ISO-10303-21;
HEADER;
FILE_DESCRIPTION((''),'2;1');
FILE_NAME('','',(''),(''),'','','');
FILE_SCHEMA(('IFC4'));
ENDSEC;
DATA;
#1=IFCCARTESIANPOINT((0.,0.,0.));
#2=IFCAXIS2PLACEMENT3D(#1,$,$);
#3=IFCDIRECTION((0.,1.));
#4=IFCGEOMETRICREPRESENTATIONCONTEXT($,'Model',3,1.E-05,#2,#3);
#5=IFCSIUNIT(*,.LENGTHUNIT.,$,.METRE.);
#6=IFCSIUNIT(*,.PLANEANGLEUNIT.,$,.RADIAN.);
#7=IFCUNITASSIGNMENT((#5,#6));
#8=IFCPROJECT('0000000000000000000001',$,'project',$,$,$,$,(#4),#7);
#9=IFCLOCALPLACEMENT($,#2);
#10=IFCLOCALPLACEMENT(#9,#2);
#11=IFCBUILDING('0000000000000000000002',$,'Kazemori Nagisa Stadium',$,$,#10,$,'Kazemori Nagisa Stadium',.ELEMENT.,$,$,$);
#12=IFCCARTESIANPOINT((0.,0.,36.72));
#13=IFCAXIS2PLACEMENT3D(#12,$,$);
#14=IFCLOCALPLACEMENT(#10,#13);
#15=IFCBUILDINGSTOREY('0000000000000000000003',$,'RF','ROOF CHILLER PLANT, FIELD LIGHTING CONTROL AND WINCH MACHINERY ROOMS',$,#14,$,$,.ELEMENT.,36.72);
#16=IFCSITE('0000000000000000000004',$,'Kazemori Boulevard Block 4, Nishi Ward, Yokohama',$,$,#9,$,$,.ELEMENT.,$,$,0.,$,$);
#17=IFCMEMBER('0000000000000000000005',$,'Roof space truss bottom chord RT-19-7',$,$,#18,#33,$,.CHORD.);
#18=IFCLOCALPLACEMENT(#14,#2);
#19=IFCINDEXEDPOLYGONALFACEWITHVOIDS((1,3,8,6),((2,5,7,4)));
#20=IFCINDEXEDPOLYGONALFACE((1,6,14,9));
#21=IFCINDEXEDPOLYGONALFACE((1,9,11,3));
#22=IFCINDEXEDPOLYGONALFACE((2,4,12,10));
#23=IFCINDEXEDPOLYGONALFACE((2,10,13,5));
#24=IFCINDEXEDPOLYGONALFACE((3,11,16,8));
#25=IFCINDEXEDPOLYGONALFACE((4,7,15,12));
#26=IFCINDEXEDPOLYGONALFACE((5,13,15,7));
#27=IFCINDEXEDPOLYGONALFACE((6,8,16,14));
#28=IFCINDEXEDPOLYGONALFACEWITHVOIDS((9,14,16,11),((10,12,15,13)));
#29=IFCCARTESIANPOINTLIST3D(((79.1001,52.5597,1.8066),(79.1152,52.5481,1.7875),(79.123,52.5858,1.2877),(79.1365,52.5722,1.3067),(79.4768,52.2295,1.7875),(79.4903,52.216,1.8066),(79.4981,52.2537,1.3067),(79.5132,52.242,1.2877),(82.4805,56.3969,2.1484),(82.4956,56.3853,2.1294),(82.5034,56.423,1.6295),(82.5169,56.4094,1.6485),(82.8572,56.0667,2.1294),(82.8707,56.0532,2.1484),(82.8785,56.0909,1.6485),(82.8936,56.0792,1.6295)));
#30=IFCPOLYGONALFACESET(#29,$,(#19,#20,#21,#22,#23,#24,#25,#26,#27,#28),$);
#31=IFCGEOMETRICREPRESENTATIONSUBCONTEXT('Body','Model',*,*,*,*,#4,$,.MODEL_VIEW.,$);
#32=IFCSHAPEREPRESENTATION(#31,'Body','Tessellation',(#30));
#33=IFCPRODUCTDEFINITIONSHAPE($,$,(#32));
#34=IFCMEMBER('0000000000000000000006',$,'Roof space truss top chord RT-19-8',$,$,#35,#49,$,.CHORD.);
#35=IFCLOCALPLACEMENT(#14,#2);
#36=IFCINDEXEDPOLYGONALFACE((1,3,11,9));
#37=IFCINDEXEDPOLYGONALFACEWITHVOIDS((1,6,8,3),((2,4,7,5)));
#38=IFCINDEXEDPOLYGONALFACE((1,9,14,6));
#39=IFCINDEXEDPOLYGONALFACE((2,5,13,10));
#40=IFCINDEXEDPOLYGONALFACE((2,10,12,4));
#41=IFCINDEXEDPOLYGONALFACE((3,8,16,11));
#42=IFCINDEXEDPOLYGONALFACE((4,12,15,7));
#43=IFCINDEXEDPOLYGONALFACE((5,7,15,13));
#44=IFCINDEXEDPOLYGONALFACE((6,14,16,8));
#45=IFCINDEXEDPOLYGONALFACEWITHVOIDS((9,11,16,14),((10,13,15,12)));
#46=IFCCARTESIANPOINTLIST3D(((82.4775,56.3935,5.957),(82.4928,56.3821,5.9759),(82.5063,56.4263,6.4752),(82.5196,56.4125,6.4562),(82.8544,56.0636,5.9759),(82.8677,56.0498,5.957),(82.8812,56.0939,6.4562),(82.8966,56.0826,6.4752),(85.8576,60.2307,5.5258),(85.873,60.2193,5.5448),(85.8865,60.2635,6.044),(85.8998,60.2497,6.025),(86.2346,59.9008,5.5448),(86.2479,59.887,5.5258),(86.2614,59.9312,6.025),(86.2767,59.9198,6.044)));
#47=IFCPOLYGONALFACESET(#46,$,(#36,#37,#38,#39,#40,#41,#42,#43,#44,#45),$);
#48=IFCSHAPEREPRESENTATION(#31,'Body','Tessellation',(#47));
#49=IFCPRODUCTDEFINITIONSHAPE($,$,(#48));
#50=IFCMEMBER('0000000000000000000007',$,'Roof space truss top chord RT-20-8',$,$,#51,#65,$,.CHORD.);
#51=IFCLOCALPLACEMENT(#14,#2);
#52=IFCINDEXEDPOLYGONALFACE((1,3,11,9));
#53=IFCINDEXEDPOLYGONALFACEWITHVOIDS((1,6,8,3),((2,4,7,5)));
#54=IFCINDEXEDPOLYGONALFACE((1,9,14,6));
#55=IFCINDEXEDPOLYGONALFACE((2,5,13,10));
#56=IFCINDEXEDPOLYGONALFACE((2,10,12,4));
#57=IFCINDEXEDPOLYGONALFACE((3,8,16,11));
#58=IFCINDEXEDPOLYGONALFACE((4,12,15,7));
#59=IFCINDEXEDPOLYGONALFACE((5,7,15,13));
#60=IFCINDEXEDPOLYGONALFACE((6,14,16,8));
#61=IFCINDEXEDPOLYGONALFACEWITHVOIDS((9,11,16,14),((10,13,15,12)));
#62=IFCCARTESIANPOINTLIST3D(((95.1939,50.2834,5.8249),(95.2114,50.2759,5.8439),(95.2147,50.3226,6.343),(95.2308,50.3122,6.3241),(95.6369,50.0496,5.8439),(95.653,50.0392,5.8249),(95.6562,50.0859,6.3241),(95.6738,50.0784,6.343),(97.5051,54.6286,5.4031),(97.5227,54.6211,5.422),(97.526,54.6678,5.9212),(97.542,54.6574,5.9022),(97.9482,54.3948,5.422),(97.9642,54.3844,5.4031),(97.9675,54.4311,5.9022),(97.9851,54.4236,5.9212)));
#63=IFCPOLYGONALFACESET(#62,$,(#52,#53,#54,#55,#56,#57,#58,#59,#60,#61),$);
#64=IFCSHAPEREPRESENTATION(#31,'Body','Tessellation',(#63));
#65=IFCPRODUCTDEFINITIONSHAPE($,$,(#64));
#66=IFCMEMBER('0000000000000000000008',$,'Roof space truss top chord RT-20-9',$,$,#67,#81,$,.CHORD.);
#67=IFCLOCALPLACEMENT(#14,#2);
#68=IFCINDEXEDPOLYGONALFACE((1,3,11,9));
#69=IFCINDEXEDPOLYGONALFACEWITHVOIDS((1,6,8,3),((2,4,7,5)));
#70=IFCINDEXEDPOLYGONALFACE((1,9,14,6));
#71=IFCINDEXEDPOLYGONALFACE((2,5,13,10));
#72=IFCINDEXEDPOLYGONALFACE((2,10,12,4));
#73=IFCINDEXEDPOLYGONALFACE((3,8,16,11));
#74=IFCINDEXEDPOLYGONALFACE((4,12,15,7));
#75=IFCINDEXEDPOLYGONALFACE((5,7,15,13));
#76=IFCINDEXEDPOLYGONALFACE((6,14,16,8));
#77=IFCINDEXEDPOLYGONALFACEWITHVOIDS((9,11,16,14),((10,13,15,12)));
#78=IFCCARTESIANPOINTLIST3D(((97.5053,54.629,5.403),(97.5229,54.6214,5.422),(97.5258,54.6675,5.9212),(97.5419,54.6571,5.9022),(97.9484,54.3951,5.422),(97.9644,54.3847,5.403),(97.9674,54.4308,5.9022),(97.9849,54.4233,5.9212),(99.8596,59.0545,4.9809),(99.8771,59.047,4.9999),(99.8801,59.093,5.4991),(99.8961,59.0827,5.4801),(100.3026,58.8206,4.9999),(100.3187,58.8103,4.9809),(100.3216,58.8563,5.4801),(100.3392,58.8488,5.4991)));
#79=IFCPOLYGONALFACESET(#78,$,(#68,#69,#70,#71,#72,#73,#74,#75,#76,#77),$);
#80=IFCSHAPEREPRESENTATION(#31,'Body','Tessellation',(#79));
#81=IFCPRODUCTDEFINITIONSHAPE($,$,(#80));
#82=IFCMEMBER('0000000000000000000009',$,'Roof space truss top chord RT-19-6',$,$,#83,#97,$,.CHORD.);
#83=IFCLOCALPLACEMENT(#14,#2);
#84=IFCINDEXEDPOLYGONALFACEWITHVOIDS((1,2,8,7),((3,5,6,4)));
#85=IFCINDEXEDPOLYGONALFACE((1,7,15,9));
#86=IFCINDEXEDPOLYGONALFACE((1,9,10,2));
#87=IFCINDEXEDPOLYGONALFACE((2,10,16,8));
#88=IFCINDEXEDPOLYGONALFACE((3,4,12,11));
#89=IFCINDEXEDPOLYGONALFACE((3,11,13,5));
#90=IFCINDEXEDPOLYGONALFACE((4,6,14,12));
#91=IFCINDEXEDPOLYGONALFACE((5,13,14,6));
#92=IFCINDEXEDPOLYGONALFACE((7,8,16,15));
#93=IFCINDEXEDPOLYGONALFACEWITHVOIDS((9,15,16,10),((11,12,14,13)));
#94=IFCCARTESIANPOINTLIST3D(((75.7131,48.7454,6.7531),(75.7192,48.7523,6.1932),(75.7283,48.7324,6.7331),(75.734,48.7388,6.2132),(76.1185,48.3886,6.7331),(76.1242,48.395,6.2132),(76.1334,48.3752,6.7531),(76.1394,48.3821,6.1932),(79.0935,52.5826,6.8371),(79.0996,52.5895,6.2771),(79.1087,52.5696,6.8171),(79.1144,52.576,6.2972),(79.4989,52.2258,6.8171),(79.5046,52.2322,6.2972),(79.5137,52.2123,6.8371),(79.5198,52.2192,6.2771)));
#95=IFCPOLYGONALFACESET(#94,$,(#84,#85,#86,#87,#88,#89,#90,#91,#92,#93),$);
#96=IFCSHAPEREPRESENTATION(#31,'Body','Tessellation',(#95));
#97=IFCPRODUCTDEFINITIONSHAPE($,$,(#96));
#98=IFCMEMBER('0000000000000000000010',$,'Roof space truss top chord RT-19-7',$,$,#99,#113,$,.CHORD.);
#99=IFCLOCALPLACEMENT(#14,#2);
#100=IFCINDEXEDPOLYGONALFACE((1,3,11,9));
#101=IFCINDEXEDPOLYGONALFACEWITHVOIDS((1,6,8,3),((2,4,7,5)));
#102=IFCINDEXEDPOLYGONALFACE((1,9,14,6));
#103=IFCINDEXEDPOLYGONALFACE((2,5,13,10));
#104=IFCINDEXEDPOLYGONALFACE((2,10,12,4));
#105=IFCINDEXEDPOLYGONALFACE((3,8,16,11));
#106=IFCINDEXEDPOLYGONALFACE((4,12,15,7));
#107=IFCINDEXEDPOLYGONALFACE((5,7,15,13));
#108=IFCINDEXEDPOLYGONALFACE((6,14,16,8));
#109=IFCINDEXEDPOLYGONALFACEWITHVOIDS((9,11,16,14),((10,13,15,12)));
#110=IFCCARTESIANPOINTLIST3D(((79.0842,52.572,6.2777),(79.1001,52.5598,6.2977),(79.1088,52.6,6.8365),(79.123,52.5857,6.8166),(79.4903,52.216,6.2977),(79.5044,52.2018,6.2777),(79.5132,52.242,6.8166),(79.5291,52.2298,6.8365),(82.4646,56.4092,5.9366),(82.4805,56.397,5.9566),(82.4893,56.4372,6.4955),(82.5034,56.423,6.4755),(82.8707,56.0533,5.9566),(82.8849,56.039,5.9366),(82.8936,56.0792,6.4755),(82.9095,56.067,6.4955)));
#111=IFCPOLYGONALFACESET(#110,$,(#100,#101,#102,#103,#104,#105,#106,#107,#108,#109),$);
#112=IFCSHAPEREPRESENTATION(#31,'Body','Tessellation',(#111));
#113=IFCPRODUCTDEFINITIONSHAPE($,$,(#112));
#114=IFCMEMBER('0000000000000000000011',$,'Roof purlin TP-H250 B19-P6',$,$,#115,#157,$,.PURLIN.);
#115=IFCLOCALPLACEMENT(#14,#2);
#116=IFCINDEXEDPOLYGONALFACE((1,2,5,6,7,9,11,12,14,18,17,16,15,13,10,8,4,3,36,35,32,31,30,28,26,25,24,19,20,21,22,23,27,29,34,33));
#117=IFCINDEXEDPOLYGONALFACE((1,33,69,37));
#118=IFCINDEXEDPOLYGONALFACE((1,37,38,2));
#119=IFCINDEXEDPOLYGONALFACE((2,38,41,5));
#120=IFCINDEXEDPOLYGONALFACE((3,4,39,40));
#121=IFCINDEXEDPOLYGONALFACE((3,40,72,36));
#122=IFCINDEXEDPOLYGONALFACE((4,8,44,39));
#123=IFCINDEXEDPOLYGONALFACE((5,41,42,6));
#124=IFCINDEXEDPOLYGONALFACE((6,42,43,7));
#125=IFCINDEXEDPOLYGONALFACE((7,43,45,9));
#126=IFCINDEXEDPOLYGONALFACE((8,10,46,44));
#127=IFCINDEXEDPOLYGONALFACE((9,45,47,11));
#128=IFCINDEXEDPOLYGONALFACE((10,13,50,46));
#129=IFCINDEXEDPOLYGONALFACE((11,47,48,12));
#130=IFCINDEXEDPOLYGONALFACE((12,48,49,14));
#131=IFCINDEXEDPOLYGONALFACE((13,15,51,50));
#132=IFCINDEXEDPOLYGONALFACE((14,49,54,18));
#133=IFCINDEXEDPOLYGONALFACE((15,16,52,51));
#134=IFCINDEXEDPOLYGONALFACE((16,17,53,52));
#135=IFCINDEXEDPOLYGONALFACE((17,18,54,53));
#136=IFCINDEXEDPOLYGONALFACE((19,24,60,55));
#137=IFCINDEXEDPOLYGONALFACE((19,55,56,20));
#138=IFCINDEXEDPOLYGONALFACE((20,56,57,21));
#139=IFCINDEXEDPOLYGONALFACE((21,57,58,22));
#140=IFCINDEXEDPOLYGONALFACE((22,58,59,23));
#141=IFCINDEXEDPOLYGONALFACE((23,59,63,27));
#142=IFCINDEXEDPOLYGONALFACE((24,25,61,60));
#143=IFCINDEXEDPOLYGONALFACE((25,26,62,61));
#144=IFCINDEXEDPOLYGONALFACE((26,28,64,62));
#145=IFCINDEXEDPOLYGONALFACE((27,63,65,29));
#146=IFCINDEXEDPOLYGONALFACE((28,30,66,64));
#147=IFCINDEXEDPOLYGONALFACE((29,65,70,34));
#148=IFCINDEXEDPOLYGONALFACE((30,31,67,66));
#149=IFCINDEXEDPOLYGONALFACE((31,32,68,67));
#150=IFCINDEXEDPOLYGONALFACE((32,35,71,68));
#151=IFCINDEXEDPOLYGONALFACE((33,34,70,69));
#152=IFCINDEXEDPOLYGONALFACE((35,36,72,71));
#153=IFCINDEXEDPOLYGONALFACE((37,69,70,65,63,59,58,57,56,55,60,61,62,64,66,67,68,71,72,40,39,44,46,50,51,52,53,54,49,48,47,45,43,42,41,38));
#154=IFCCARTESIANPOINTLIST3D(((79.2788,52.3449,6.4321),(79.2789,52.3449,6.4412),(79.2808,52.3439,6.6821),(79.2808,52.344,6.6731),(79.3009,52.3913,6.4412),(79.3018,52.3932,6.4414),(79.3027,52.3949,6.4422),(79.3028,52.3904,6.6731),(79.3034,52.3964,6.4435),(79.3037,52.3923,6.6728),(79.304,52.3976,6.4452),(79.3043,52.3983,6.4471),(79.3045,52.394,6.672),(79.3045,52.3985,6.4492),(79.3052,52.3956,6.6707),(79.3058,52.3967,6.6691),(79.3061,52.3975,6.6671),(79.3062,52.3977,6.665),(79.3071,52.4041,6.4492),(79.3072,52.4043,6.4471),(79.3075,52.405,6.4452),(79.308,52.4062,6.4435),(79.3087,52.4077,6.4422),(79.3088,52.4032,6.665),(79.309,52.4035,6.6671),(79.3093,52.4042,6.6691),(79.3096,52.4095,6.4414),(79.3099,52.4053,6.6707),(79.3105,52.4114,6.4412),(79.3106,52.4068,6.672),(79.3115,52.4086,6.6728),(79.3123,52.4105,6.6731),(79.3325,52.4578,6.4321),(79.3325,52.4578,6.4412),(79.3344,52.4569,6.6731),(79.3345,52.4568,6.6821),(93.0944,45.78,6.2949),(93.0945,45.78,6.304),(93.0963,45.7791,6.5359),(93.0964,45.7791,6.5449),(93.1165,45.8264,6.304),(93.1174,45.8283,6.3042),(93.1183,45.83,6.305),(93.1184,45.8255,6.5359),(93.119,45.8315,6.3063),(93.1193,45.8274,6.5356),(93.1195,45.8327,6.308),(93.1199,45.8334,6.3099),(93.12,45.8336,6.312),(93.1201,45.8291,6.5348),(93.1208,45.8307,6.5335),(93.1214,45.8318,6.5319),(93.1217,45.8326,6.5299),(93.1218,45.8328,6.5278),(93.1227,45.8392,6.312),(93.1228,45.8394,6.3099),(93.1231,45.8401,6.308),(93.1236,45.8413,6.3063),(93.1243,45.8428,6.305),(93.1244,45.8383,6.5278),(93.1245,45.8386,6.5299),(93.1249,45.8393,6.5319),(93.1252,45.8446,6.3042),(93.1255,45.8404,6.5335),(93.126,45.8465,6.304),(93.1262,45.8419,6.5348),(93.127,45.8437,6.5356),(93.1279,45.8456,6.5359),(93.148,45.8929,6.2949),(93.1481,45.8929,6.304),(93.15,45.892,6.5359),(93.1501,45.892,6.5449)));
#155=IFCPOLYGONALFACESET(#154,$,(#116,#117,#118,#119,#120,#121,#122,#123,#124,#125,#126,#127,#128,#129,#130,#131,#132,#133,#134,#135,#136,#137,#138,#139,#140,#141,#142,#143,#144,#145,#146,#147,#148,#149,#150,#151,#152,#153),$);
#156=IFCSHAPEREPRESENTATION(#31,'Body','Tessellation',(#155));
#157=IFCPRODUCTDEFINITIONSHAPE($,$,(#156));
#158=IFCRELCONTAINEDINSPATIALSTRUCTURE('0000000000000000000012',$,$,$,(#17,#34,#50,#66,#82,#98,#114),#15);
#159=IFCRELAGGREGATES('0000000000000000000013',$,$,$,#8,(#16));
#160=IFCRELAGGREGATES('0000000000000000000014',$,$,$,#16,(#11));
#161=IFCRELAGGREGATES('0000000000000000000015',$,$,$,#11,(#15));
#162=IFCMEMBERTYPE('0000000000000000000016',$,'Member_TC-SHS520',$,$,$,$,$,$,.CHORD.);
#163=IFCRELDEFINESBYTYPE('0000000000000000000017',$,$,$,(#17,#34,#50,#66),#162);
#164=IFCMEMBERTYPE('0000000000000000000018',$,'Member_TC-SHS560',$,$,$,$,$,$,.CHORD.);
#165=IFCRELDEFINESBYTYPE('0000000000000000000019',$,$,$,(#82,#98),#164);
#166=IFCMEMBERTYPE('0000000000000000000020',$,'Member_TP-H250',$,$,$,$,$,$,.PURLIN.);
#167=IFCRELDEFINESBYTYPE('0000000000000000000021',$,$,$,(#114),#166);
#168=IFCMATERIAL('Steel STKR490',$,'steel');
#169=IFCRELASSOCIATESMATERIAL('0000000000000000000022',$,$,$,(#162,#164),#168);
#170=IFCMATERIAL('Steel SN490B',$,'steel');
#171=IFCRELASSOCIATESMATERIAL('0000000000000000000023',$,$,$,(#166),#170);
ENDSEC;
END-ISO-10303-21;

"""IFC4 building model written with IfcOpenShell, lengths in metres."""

from ifc_helpers import new_model, si_unit, direction, frame, origin, origin_2d, place, context, subcontext, project, spatial, hollow_rectangle, i_section, extrude, material, material_profile, profile_set, type_object, element, save


model = new_model("IFC4")

# Units and contexts
model_context = context("Model", 3, precision=1e-05, world=origin(), true_north=direction((0.0, 1.0)))
body_context = subcontext(model_context, "Body", "Model", "MODEL_VIEW")
ifc_project = project(units=[si_unit("LENGTHUNIT", "METRE"), si_unit("PLANEANGLEUNIT", "RADIAN")], contexts=[model_context])

# Site, building, storey
site_placement = place(None, origin())
site = spatial("IfcSite", under=ifc_project, at=site_placement, Name="Kazemori Boulevard Block 4, Nishi Ward, Yokohama", CompositionType="ELEMENT", RefElevation=0.0)
building_placement = place(site_placement, origin())
building = spatial("IfcBuilding", under=site, at=building_placement, Name="Kazemori Nagisa Stadium", LongName="Kazemori Nagisa Stadium", CompositionType="ELEMENT")
storey_placement = place(building_placement, frame((0.0, 0.0, 36.72)))
storey = spatial("IfcBuildingStorey", under=building, at=storey_placement, Name="RF", Description="ROOF CHILLER PLANT, FIELD LIGHTING CONTROL AND WINCH MACHINERY ROOMS", CompositionType="ELEMENT", Elevation=36.72)

# Members
ifc_material_1 = material(Name="Steel STKR490", Category="steel")
ifc_material_profile_1 = material_profile(ifc_material_1, hollow_rectangle(XDim=0.52, YDim=0.52, WallThickness=0.019, at=origin_2d()), Name="SHS-520x520x19")
ifc_profile_set_1 = profile_set([ifc_material_profile_1], Name="Steel STKR490")
member_type_1 = type_object("IfcMemberType", Name="Member_TC-SHS520", PredefinedType="CHORD", material=ifc_profile_set_1)
member_1_placement = place(storey_placement, frame((79.3066, 52.4009, 1.5471), z_axis=(0.659561, 0.748687, 0.06669), x_axis=(-0.750357, 0.661032, 0.0)))
element("IfcMember", 1, at=member_1_placement, inside=storey, type_object=member_type_1, Name="Roof space truss bottom chord RT-19-7", PredefinedType="CHORD", context=body_context, shape_type="SweptSolid", body=[
    extrude(hollow_rectangle(XDim=0.52, YDim=0.52, WallThickness=0.019, at=origin_2d()), origin(), (0.0, 0.0, 1.0), 5.1252),
])
member_2_placement = place(storey_placement, frame((82.687, 56.238, 6.2161), z_axis=(0.658669, 0.747728, -0.084017), x_axis=(-0.750381, 0.661006, 0.0)))
element("IfcMember", 2, at=member_2_placement, inside=storey, type_object=member_type_1, Name="Roof space truss top chord RT-19-8", PredefinedType="CHORD", context=body_context, shape_type="SweptSolid", body=[
    extrude(hollow_rectangle(XDim=0.52, YDim=0.52, WallThickness=0.019, at=origin_2d()), origin(), (0.0, 0.0, 1.0), 5.1318),
])
member_3_placement = place(storey_placement, frame((95.4338, 50.1809, 6.084), z_axis=(0.467896, 0.879647, -0.085405), x_axis=(-0.882873, 0.469612, 0.0)))
element("IfcMember", 3, at=member_3_placement, inside=storey, type_object=member_type_1, Name="Roof space truss top chord RT-20-8", PredefinedType="CHORD", context=body_context, shape_type="SweptSolid", body=[
    extrude(hollow_rectangle(XDim=0.52, YDim=0.52, WallThickness=0.019, at=origin_2d()), origin(), (0.0, 0.0, 1.0), 4.9397),
])
member_4_placement = place(storey_placement, frame((97.7451, 54.5261, 5.6621), z_axis=(0.467994, 0.879739, -0.083912), x_axis=(-0.882853, 0.46965, 0.0)))
element("IfcMember", 4, at=member_4_placement, inside=storey, type_object=member_type_1, Name="Roof space truss top chord RT-20-9", PredefinedType="CHORD", context=body_context, shape_type="SweptSolid", body=[
    extrude(hollow_rectangle(XDim=0.52, YDim=0.52, WallThickness=0.019, at=origin_2d()), origin(), (0.0, 0.0, 1.0), 5.0305),
])
ifc_material_profile_2 = material_profile(ifc_material_1, hollow_rectangle(XDim=0.5601, YDim=0.5601, WallThickness=0.02, at=origin_2d()), Name="SHS-560x560x20")
ifc_profile_set_2 = profile_set([ifc_material_profile_2], Name="Steel STKR490")
member_type_2 = type_object("IfcMemberType", Name="Member_TC-SHS560", PredefinedType="CHORD", material=ifc_profile_set_2)
member_5_placement = place(storey_placement, frame((75.9263, 48.5637, 6.4731), z_axis=(0.660943, 0.750256, 0.016421), x_axis=(-0.750357, 0.661032, 0.0)))
element("IfcMember", 5, at=member_5_placement, inside=storey, type_object=member_type_2, Name="Roof space truss top chord RT-19-6", PredefinedType="CHORD", context=body_context, shape_type="SweptSolid", body=[
    extrude(hollow_rectangle(XDim=0.5601, YDim=0.5601, WallThickness=0.02, at=origin_2d()), origin(), (0.0, 0.0, 1.0), 5.1145),
])
member_6_placement = place(storey_placement, frame((79.3066, 52.4009, 6.5571), z_axis=(0.659567, 0.748694, -0.066547), x_axis=(-0.750357, 0.661032, 0.0)))
element("IfcMember", 6, at=member_6_placement, inside=storey, type_object=member_type_2, Name="Roof space truss top chord RT-19-7", PredefinedType="CHORD", context=body_context, shape_type="SweptSolid", body=[
    extrude(hollow_rectangle(XDim=0.5601, YDim=0.5601, WallThickness=0.02, at=origin_2d()), origin(), (0.0, 0.0, 1.0), 5.1252),
])
ifc_material_2 = material(Name="Steel SN490B", Category="steel")
ifc_material_profile_3 = material_profile(ifc_material_2, i_section(OverallWidth=0.125, OverallDepth=0.25, WebThickness=0.0061, FlangeThickness=0.009, FilletRadius=0.0081, at=origin_2d()), Name="H-250x125x6x9")
ifc_profile_set_3 = profile_set([ifc_material_profile_3], Name="Steel SN490B")
member_type_3 = type_object("IfcMemberType", Name="Member_TP-H250", PredefinedType="PURLIN", material=ifc_profile_set_3)
member_7_placement = place(storey_placement, frame((79.3066, 52.4009, 6.5571), z_axis=(0.903178, -0.429173, -0.00897), x_axis=(0.42919, 0.903214, 0.0)))
element("IfcMember", 7, at=member_7_placement, inside=storey, type_object=member_type_3, Name="Roof purlin TP-H250 B19-P6", PredefinedType="PURLIN", context=body_context, shape_type="SweptSolid", body=[
    extrude(i_section(OverallWidth=0.125, OverallDepth=0.25, WebThickness=0.0061, FlangeThickness=0.009, FilletRadius=0.0081, at=origin_2d()), origin(), (0.0, 0.0, 1.0), 15.2966),
])

save(model, "model.ifc")
